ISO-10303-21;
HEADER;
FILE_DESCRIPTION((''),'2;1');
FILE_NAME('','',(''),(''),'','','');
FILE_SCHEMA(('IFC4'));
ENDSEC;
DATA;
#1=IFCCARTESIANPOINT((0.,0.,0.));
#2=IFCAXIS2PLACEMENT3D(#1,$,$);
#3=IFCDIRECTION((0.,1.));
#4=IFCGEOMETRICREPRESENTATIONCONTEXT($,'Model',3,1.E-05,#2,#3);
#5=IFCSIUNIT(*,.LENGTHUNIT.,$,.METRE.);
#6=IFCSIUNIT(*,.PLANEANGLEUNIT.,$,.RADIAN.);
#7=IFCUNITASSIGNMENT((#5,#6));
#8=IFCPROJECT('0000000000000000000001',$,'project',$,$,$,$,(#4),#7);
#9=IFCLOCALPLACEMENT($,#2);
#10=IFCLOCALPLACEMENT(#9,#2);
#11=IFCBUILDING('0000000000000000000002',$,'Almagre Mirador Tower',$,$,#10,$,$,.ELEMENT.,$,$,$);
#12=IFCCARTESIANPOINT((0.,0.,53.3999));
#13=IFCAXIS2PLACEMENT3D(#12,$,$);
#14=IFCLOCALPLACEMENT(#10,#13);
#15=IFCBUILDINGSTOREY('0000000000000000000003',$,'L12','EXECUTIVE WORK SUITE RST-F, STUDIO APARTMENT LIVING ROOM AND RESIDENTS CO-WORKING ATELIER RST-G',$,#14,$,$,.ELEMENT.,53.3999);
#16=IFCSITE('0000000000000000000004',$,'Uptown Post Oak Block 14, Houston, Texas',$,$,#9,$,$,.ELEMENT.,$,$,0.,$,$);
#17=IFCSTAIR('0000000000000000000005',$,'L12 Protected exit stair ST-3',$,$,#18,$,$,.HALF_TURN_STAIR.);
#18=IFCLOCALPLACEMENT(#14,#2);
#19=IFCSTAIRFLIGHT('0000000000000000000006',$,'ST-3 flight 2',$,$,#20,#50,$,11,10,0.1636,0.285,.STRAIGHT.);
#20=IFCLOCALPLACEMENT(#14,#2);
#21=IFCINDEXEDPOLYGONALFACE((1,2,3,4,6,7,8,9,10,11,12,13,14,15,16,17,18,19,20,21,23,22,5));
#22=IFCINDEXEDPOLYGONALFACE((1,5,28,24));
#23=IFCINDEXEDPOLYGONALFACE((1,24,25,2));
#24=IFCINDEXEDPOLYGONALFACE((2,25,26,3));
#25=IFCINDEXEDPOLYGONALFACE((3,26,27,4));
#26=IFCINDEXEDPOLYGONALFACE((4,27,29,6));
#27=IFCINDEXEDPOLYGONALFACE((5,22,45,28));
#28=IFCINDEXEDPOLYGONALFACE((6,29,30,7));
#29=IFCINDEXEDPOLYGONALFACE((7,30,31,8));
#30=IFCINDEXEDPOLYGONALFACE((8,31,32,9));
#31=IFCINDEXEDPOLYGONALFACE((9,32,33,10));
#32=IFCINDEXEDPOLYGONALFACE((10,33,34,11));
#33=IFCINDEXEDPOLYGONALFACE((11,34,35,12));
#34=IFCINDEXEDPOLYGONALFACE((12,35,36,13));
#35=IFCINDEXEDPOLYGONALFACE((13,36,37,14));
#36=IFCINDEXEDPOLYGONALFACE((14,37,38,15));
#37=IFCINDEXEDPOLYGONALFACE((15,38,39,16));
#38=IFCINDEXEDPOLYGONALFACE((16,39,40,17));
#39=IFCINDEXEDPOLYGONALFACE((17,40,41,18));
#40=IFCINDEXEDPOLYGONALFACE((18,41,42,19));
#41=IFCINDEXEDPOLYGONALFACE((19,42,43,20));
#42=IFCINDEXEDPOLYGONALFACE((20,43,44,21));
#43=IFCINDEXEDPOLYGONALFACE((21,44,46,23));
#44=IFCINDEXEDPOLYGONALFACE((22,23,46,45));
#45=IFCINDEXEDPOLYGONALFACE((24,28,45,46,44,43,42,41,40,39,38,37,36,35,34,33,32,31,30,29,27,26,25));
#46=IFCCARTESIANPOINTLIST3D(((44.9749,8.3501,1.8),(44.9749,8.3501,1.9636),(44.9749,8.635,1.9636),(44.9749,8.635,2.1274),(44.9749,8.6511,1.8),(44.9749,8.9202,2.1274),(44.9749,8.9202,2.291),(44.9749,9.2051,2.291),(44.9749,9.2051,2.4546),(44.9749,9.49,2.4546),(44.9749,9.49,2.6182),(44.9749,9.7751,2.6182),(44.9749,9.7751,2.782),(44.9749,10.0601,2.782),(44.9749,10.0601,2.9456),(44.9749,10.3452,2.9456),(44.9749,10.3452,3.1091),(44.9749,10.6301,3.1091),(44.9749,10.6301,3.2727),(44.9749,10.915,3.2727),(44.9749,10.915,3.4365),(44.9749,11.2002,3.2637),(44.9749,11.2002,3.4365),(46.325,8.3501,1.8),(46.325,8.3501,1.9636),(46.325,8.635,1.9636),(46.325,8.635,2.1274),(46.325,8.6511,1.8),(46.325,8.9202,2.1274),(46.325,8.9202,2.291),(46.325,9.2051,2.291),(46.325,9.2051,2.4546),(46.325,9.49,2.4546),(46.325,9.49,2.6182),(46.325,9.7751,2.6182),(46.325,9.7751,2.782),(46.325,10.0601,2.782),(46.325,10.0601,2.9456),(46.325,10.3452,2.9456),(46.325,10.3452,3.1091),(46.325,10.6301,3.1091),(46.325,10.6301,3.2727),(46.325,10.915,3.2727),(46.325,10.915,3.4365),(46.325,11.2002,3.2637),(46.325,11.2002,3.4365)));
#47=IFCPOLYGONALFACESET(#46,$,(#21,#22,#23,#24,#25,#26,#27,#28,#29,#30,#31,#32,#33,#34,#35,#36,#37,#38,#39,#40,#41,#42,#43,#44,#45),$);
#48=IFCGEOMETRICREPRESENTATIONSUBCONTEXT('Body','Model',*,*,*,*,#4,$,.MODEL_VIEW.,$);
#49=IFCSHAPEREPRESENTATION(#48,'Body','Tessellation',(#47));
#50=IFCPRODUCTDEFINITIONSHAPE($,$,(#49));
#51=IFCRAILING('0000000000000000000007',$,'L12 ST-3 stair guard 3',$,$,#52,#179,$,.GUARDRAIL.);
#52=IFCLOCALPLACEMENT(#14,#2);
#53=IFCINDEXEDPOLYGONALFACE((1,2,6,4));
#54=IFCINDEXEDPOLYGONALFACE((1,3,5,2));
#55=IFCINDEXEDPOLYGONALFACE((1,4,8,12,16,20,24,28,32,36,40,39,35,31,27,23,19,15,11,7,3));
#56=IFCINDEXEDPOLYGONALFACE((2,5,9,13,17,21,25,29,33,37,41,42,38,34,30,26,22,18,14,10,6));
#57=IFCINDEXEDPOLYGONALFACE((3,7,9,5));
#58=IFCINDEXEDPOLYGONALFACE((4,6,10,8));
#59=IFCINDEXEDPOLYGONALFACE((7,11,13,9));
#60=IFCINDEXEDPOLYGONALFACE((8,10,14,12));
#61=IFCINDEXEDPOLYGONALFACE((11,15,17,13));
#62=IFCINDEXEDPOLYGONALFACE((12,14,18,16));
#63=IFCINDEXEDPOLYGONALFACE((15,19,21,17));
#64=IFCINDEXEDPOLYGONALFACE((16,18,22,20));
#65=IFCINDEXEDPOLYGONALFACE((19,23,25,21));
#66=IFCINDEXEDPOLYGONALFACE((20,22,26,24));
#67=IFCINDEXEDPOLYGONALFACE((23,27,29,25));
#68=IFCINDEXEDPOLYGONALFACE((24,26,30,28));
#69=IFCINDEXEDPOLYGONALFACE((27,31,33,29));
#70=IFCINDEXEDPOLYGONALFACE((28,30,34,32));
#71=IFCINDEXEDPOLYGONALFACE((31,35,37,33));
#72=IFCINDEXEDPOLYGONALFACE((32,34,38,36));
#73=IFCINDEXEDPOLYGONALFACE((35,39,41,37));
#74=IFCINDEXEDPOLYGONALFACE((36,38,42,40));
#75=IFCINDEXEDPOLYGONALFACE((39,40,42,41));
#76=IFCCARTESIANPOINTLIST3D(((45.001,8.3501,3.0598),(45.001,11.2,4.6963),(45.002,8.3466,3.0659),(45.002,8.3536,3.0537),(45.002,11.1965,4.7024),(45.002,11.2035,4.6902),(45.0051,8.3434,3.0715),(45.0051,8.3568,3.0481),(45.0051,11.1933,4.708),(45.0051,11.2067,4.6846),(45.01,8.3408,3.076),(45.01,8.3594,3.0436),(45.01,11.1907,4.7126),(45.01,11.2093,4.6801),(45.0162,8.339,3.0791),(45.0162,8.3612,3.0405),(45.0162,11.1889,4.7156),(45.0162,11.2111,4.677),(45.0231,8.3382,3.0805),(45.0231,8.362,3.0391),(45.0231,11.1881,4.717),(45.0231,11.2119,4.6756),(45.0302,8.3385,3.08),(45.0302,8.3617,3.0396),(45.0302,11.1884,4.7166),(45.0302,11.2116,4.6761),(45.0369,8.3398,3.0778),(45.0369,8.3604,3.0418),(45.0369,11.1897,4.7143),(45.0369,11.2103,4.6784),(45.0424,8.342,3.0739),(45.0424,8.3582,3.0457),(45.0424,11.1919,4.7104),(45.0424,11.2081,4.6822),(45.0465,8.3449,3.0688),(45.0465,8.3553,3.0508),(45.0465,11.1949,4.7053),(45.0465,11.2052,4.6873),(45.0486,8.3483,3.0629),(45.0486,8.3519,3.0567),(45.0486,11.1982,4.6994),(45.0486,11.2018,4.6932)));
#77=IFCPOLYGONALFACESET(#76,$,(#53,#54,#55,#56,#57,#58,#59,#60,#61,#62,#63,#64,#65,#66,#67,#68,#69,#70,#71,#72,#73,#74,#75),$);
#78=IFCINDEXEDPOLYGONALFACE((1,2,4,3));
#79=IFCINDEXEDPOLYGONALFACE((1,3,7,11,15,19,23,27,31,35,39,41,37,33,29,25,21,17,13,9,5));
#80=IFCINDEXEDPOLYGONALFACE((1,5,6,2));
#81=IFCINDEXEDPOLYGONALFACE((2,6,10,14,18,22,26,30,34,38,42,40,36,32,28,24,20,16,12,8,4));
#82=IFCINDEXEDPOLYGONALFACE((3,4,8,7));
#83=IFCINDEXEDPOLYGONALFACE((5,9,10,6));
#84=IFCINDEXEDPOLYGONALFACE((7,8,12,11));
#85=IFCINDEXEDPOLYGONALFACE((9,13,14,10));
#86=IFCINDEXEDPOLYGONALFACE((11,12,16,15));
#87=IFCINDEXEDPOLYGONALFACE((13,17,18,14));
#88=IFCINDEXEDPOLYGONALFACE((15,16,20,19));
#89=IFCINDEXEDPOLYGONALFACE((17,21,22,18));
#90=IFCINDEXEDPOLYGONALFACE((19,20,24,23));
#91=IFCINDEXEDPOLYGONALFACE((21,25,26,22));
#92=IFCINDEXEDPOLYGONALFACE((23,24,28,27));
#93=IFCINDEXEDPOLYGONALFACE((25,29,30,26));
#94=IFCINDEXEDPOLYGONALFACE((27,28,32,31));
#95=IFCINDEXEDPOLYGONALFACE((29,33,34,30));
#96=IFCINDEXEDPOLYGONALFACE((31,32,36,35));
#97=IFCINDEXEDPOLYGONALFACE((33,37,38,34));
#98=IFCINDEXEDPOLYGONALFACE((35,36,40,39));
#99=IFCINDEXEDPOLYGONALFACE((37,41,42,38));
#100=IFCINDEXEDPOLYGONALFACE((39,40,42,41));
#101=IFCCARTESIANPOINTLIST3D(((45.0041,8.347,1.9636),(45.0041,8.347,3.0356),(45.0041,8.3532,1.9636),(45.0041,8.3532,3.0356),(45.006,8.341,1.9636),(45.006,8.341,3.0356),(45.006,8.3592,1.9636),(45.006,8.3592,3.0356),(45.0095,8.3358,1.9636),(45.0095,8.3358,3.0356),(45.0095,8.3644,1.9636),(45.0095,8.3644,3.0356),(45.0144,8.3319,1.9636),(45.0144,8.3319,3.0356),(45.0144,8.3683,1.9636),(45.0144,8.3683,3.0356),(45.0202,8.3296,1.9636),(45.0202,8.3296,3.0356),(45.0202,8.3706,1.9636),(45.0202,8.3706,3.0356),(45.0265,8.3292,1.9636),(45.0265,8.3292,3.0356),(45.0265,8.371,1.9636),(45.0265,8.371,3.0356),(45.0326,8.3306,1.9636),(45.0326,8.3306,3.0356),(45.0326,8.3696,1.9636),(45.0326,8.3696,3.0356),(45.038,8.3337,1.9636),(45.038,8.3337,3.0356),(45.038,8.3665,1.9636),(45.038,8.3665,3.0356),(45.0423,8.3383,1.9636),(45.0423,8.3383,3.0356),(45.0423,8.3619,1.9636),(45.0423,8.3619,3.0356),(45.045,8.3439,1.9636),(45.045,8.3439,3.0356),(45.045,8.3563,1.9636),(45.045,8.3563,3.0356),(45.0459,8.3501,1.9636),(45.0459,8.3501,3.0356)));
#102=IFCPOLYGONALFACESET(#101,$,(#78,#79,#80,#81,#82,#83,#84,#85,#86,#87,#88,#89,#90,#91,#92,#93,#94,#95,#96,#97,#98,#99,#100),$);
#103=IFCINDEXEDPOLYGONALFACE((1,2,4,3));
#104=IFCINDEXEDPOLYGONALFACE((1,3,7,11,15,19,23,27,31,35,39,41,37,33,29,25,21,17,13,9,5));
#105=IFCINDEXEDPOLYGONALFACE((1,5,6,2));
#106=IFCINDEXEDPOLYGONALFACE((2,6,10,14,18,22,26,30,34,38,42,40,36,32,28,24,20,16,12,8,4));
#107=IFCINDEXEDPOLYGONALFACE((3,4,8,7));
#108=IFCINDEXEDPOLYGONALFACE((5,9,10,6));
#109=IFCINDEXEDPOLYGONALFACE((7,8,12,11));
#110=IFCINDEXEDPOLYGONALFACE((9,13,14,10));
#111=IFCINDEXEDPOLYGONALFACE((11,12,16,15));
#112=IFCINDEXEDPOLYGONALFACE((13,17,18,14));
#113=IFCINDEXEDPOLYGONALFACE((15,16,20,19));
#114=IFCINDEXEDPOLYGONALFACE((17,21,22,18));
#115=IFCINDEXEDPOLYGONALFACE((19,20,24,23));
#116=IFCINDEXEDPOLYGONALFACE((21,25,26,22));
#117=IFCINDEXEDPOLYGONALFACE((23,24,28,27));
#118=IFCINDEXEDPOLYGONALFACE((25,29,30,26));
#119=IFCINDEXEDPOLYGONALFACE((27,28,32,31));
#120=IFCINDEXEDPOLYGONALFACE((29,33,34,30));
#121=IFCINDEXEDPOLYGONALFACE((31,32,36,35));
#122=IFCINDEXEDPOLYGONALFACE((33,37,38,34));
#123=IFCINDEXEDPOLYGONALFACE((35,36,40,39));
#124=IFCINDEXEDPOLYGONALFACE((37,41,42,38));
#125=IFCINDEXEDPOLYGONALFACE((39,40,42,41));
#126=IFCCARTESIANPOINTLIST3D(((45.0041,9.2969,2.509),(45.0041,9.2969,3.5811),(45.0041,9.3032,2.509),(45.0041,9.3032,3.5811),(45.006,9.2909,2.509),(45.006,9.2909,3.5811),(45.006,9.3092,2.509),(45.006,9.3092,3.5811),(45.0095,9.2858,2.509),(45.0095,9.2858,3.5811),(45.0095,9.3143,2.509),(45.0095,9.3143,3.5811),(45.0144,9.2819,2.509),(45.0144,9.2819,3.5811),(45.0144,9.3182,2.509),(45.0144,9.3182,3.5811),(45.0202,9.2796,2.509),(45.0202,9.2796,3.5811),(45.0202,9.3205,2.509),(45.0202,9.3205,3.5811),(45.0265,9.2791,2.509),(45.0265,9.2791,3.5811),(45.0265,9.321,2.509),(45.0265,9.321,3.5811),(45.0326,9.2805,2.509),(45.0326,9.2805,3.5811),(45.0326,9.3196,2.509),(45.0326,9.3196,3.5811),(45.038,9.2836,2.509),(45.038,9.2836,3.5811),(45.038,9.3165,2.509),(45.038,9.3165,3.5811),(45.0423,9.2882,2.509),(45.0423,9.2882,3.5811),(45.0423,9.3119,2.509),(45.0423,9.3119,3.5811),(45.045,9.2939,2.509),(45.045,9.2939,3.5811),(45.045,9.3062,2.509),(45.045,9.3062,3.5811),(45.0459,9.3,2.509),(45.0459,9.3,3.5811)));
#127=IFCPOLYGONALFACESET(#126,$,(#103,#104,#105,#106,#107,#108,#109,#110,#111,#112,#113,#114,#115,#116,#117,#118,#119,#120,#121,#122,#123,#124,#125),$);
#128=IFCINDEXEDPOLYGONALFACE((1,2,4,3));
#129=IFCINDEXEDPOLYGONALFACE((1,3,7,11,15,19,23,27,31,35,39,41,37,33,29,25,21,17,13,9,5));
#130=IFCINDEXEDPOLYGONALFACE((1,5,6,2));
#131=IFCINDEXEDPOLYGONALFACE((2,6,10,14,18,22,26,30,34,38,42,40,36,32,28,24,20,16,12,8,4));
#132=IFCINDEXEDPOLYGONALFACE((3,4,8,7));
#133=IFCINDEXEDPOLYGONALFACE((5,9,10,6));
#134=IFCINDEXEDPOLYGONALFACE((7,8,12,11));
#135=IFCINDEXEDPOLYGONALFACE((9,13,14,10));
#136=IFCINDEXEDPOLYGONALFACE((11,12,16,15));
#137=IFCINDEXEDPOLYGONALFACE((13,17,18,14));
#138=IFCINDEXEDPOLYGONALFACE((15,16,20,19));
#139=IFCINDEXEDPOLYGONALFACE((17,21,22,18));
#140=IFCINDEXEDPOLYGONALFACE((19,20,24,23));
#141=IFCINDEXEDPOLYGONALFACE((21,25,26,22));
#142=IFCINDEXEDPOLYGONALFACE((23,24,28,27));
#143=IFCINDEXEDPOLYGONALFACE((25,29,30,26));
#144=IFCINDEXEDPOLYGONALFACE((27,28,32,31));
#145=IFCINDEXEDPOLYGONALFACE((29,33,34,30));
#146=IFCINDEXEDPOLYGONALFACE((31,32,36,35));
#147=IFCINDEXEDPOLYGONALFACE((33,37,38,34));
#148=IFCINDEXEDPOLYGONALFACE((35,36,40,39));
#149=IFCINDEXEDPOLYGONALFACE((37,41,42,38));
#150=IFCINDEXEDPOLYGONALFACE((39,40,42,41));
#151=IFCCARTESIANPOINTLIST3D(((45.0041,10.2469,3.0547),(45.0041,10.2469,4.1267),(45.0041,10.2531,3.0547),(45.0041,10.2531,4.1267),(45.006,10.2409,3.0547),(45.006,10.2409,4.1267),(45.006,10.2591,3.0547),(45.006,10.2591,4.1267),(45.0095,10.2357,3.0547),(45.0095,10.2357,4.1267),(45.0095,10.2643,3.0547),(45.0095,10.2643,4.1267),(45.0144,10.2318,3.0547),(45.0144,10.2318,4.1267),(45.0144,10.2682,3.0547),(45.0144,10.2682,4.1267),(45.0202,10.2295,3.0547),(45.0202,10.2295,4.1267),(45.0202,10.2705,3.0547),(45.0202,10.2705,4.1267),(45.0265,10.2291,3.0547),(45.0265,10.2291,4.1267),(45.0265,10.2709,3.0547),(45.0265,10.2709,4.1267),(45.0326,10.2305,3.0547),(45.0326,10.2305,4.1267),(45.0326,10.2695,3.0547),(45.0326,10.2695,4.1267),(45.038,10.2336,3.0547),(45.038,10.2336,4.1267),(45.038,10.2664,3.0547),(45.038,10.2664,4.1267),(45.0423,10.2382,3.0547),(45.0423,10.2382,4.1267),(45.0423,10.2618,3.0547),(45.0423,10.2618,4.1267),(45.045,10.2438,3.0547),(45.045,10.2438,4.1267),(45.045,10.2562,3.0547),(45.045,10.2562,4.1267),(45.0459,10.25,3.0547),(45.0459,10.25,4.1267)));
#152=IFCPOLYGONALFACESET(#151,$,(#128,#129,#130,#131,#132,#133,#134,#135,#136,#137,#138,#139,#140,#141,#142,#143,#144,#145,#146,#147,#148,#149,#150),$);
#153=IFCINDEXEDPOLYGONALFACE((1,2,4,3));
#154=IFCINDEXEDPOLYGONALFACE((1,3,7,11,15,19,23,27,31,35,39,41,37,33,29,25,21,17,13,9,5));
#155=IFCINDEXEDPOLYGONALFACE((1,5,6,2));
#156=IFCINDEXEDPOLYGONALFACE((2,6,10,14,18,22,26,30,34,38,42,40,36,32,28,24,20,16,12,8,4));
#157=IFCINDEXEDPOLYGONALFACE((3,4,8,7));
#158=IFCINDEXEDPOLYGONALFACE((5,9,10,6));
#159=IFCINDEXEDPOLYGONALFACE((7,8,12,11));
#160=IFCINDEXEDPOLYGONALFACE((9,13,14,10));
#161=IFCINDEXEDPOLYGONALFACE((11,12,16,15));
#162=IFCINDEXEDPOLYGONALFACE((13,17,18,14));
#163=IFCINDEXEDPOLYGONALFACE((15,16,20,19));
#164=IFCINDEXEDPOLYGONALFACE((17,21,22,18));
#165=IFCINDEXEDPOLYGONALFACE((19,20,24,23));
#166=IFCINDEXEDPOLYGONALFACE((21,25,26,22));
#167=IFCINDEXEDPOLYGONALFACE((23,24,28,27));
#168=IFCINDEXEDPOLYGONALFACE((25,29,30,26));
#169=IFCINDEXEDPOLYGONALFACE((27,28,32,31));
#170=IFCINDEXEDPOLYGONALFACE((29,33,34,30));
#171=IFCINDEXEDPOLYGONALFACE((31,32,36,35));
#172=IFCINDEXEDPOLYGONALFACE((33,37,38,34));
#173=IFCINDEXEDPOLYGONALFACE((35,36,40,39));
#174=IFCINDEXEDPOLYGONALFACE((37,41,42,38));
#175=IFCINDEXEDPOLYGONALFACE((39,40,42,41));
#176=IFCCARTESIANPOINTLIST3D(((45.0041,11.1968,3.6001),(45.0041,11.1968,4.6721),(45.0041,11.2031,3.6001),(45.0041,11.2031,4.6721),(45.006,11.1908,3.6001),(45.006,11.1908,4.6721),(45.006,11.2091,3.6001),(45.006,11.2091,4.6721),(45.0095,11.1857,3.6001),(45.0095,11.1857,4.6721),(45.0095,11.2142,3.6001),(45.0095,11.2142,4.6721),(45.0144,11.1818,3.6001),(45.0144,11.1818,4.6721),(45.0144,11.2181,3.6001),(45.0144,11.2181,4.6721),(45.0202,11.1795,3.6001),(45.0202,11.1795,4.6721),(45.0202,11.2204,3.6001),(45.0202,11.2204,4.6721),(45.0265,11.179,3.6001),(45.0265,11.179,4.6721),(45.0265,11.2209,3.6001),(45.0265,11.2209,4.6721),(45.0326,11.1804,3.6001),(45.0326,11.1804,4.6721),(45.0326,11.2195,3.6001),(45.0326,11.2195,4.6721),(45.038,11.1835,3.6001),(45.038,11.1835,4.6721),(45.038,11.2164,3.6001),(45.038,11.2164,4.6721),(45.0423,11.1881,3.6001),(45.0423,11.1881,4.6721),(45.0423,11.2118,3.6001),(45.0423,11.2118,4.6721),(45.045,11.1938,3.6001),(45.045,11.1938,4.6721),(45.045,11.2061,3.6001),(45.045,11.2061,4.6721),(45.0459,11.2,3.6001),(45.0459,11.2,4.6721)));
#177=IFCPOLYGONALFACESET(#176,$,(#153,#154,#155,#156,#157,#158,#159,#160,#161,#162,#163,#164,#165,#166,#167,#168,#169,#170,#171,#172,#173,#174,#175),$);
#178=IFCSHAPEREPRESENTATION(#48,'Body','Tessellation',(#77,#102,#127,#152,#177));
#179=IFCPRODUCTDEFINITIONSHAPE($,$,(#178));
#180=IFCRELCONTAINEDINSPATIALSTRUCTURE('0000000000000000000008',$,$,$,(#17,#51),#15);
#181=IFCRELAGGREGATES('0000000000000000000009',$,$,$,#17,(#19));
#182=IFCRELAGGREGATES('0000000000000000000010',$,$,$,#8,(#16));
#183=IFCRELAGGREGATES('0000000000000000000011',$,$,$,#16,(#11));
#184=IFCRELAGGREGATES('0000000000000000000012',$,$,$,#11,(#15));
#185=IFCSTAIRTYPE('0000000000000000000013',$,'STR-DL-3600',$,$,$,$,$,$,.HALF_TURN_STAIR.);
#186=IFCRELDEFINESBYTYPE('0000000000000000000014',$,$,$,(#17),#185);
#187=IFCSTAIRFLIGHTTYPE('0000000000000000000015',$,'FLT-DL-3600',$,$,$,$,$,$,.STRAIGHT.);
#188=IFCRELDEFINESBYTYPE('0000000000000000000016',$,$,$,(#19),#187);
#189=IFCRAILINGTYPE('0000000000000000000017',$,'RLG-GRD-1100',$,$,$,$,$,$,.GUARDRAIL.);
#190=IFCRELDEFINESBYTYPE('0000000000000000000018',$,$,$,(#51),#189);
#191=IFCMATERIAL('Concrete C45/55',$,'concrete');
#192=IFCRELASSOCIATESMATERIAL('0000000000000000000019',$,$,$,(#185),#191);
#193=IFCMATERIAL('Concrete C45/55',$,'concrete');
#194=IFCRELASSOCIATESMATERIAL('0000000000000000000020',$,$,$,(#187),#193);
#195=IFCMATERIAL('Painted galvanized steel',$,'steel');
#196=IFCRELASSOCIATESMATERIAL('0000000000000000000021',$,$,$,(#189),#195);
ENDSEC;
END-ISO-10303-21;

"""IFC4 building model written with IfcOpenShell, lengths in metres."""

from ifc_helpers import new_model, si_unit, direction, frame, origin, origin_2d, place, context, subcontext, project, spatial, polyline, circle, outline, extrude, material, type_object, element, aggregate, save


model = new_model("IFC4")

# Units and contexts
model_context = context("Model", 3, precision=1e-05, world=origin(), true_north=direction((0.0, 1.0)))
body_context = subcontext(model_context, "Body", "Model", "MODEL_VIEW")
ifc_project = project(units=[si_unit("LENGTHUNIT", "METRE"), si_unit("PLANEANGLEUNIT", "RADIAN")], contexts=[model_context])

# Site, building, storey
site_placement = place(None, origin())
site = spatial("IfcSite", under=ifc_project, at=site_placement, Name="Uptown Post Oak Block 14, Houston, Texas", CompositionType="ELEMENT", RefElevation=0.0)
building_placement = place(site_placement, origin())
building = spatial("IfcBuilding", under=site, at=building_placement, Name="Almagre Mirador Tower", CompositionType="ELEMENT")
storey_placement = place(building_placement, frame((0.0, 0.0, 53.3999)))
storey = spatial("IfcBuildingStorey", under=building, at=storey_placement, Name="L12", Description="EXECUTIVE WORK SUITE RST-F, STUDIO APARTMENT LIVING ROOM AND RESIDENTS CO-WORKING ATELIER RST-G", CompositionType="ELEMENT", Elevation=53.3999)

# Stair, stair flight
ifc_material_1 = material(Name="Concrete C45/55", Category="concrete")
stair_type = type_object("IfcStairType", Name="STR-DL-3600", PredefinedType="HALF_TURN_STAIR", material=ifc_material_1)
stair_placement = place(storey_placement, origin())
stair = element("IfcStair", 1, at=stair_placement, inside=storey, type_object=stair_type, Name="L12 Protected exit stair ST-3", PredefinedType="HALF_TURN_STAIR")
ifc_material_2 = material(Name="Concrete C45/55", Category="concrete")
stair_flight_type = type_object("IfcStairFlightType", Name="FLT-DL-3600", PredefinedType="STRAIGHT", material=ifc_material_2)
stair_flight_placement = place(storey_placement, frame((45.6499, 8.3501, 1.8), z_axis=(0.0, 0.0, 1.0), x_axis=(0.0, 1.0, 0.0)))
stair_flight = element("IfcStairFlight", 2, at=stair_flight_placement, type_object=stair_flight_type, Name="ST-3 flight 2", NumberOfRisers=11, NumberOfTreads=10, PredefinedType="STRAIGHT", RiserHeight=0.1636, TreadLength=0.285, context=body_context, shape_type="SweptSolid", body=[
    extrude(outline(polyline([(0.0, 0.0), (0.0, 0.1636), (0.2849, 0.1636), (0.2849, 0.3274), (0.5701, 0.3274), (0.5701, 0.491), (0.855, 0.491), (0.855, 0.6545), (1.1399, 0.6545), (1.1399, 0.8181), (1.425, 0.8181), (1.425, 0.9819), (1.71, 0.9819), (1.71, 1.1455), (1.9951, 1.1455), (1.9951, 1.3091), (2.28, 1.3091), (2.28, 1.4727), (2.5649, 1.4727), (2.5649, 1.6365), (2.8501, 1.6365), (2.8501, 1.8), (2.8501, 1.4636), (0.301, 0.0), (0.0, 0.0)])), frame((0.0, 0.675, 0.0), z_axis=(0.0, -1.0, 0.0), x_axis=(1.0, 0.0, 0.0)), (0.0, 0.0, 1.0), 1.3501),
])
aggregate(stair, [stair_flight])

# Railing
ifc_material_3 = material(Name="Painted galvanized steel", Category="steel")
railing_type_1 = type_object("IfcRailingType", Name="RLG-GRD-1100", PredefinedType="GUARDRAIL", material=ifc_material_3)
railing_1_placement = place(storey_placement, frame((45.0249, 8.3501, 1.9636)))
element("IfcRailing", 3, at=railing_1_placement, inside=storey, type_object=railing_type_1, Name="L12 ST-3 stair guard 3", PredefinedType="GUARDRAIL", context=body_context, shape_type="SweptSolid", body=[
    extrude(circle(Radius=0.0239, at=origin_2d()), frame((0.0, 0.0, 1.0962), z_axis=(0.0, 0.867194, 0.49797), x_axis=(-1.0, 0.0, 0.0)), (0.0, 0.0, 1.0), 3.2864),
    extrude(circle(Radius=0.021, at=origin_2d()), origin(), (0.0, 0.0, 1.0), 1.072),
    extrude(circle(Radius=0.021, at=origin_2d()), frame((0.0, 0.95, 0.5454)), (0.0, 0.0, 1.0), 1.072),
    extrude(circle(Radius=0.021, at=origin_2d()), frame((0.0, 1.8999, 1.0911)), (0.0, 0.0, 1.0), 1.072),
    extrude(circle(Radius=0.021, at=origin_2d()), frame((0.0, 2.8499, 1.6365)), (0.0, 0.0, 1.0), 1.072),
])

save(model, "model.ifc")
